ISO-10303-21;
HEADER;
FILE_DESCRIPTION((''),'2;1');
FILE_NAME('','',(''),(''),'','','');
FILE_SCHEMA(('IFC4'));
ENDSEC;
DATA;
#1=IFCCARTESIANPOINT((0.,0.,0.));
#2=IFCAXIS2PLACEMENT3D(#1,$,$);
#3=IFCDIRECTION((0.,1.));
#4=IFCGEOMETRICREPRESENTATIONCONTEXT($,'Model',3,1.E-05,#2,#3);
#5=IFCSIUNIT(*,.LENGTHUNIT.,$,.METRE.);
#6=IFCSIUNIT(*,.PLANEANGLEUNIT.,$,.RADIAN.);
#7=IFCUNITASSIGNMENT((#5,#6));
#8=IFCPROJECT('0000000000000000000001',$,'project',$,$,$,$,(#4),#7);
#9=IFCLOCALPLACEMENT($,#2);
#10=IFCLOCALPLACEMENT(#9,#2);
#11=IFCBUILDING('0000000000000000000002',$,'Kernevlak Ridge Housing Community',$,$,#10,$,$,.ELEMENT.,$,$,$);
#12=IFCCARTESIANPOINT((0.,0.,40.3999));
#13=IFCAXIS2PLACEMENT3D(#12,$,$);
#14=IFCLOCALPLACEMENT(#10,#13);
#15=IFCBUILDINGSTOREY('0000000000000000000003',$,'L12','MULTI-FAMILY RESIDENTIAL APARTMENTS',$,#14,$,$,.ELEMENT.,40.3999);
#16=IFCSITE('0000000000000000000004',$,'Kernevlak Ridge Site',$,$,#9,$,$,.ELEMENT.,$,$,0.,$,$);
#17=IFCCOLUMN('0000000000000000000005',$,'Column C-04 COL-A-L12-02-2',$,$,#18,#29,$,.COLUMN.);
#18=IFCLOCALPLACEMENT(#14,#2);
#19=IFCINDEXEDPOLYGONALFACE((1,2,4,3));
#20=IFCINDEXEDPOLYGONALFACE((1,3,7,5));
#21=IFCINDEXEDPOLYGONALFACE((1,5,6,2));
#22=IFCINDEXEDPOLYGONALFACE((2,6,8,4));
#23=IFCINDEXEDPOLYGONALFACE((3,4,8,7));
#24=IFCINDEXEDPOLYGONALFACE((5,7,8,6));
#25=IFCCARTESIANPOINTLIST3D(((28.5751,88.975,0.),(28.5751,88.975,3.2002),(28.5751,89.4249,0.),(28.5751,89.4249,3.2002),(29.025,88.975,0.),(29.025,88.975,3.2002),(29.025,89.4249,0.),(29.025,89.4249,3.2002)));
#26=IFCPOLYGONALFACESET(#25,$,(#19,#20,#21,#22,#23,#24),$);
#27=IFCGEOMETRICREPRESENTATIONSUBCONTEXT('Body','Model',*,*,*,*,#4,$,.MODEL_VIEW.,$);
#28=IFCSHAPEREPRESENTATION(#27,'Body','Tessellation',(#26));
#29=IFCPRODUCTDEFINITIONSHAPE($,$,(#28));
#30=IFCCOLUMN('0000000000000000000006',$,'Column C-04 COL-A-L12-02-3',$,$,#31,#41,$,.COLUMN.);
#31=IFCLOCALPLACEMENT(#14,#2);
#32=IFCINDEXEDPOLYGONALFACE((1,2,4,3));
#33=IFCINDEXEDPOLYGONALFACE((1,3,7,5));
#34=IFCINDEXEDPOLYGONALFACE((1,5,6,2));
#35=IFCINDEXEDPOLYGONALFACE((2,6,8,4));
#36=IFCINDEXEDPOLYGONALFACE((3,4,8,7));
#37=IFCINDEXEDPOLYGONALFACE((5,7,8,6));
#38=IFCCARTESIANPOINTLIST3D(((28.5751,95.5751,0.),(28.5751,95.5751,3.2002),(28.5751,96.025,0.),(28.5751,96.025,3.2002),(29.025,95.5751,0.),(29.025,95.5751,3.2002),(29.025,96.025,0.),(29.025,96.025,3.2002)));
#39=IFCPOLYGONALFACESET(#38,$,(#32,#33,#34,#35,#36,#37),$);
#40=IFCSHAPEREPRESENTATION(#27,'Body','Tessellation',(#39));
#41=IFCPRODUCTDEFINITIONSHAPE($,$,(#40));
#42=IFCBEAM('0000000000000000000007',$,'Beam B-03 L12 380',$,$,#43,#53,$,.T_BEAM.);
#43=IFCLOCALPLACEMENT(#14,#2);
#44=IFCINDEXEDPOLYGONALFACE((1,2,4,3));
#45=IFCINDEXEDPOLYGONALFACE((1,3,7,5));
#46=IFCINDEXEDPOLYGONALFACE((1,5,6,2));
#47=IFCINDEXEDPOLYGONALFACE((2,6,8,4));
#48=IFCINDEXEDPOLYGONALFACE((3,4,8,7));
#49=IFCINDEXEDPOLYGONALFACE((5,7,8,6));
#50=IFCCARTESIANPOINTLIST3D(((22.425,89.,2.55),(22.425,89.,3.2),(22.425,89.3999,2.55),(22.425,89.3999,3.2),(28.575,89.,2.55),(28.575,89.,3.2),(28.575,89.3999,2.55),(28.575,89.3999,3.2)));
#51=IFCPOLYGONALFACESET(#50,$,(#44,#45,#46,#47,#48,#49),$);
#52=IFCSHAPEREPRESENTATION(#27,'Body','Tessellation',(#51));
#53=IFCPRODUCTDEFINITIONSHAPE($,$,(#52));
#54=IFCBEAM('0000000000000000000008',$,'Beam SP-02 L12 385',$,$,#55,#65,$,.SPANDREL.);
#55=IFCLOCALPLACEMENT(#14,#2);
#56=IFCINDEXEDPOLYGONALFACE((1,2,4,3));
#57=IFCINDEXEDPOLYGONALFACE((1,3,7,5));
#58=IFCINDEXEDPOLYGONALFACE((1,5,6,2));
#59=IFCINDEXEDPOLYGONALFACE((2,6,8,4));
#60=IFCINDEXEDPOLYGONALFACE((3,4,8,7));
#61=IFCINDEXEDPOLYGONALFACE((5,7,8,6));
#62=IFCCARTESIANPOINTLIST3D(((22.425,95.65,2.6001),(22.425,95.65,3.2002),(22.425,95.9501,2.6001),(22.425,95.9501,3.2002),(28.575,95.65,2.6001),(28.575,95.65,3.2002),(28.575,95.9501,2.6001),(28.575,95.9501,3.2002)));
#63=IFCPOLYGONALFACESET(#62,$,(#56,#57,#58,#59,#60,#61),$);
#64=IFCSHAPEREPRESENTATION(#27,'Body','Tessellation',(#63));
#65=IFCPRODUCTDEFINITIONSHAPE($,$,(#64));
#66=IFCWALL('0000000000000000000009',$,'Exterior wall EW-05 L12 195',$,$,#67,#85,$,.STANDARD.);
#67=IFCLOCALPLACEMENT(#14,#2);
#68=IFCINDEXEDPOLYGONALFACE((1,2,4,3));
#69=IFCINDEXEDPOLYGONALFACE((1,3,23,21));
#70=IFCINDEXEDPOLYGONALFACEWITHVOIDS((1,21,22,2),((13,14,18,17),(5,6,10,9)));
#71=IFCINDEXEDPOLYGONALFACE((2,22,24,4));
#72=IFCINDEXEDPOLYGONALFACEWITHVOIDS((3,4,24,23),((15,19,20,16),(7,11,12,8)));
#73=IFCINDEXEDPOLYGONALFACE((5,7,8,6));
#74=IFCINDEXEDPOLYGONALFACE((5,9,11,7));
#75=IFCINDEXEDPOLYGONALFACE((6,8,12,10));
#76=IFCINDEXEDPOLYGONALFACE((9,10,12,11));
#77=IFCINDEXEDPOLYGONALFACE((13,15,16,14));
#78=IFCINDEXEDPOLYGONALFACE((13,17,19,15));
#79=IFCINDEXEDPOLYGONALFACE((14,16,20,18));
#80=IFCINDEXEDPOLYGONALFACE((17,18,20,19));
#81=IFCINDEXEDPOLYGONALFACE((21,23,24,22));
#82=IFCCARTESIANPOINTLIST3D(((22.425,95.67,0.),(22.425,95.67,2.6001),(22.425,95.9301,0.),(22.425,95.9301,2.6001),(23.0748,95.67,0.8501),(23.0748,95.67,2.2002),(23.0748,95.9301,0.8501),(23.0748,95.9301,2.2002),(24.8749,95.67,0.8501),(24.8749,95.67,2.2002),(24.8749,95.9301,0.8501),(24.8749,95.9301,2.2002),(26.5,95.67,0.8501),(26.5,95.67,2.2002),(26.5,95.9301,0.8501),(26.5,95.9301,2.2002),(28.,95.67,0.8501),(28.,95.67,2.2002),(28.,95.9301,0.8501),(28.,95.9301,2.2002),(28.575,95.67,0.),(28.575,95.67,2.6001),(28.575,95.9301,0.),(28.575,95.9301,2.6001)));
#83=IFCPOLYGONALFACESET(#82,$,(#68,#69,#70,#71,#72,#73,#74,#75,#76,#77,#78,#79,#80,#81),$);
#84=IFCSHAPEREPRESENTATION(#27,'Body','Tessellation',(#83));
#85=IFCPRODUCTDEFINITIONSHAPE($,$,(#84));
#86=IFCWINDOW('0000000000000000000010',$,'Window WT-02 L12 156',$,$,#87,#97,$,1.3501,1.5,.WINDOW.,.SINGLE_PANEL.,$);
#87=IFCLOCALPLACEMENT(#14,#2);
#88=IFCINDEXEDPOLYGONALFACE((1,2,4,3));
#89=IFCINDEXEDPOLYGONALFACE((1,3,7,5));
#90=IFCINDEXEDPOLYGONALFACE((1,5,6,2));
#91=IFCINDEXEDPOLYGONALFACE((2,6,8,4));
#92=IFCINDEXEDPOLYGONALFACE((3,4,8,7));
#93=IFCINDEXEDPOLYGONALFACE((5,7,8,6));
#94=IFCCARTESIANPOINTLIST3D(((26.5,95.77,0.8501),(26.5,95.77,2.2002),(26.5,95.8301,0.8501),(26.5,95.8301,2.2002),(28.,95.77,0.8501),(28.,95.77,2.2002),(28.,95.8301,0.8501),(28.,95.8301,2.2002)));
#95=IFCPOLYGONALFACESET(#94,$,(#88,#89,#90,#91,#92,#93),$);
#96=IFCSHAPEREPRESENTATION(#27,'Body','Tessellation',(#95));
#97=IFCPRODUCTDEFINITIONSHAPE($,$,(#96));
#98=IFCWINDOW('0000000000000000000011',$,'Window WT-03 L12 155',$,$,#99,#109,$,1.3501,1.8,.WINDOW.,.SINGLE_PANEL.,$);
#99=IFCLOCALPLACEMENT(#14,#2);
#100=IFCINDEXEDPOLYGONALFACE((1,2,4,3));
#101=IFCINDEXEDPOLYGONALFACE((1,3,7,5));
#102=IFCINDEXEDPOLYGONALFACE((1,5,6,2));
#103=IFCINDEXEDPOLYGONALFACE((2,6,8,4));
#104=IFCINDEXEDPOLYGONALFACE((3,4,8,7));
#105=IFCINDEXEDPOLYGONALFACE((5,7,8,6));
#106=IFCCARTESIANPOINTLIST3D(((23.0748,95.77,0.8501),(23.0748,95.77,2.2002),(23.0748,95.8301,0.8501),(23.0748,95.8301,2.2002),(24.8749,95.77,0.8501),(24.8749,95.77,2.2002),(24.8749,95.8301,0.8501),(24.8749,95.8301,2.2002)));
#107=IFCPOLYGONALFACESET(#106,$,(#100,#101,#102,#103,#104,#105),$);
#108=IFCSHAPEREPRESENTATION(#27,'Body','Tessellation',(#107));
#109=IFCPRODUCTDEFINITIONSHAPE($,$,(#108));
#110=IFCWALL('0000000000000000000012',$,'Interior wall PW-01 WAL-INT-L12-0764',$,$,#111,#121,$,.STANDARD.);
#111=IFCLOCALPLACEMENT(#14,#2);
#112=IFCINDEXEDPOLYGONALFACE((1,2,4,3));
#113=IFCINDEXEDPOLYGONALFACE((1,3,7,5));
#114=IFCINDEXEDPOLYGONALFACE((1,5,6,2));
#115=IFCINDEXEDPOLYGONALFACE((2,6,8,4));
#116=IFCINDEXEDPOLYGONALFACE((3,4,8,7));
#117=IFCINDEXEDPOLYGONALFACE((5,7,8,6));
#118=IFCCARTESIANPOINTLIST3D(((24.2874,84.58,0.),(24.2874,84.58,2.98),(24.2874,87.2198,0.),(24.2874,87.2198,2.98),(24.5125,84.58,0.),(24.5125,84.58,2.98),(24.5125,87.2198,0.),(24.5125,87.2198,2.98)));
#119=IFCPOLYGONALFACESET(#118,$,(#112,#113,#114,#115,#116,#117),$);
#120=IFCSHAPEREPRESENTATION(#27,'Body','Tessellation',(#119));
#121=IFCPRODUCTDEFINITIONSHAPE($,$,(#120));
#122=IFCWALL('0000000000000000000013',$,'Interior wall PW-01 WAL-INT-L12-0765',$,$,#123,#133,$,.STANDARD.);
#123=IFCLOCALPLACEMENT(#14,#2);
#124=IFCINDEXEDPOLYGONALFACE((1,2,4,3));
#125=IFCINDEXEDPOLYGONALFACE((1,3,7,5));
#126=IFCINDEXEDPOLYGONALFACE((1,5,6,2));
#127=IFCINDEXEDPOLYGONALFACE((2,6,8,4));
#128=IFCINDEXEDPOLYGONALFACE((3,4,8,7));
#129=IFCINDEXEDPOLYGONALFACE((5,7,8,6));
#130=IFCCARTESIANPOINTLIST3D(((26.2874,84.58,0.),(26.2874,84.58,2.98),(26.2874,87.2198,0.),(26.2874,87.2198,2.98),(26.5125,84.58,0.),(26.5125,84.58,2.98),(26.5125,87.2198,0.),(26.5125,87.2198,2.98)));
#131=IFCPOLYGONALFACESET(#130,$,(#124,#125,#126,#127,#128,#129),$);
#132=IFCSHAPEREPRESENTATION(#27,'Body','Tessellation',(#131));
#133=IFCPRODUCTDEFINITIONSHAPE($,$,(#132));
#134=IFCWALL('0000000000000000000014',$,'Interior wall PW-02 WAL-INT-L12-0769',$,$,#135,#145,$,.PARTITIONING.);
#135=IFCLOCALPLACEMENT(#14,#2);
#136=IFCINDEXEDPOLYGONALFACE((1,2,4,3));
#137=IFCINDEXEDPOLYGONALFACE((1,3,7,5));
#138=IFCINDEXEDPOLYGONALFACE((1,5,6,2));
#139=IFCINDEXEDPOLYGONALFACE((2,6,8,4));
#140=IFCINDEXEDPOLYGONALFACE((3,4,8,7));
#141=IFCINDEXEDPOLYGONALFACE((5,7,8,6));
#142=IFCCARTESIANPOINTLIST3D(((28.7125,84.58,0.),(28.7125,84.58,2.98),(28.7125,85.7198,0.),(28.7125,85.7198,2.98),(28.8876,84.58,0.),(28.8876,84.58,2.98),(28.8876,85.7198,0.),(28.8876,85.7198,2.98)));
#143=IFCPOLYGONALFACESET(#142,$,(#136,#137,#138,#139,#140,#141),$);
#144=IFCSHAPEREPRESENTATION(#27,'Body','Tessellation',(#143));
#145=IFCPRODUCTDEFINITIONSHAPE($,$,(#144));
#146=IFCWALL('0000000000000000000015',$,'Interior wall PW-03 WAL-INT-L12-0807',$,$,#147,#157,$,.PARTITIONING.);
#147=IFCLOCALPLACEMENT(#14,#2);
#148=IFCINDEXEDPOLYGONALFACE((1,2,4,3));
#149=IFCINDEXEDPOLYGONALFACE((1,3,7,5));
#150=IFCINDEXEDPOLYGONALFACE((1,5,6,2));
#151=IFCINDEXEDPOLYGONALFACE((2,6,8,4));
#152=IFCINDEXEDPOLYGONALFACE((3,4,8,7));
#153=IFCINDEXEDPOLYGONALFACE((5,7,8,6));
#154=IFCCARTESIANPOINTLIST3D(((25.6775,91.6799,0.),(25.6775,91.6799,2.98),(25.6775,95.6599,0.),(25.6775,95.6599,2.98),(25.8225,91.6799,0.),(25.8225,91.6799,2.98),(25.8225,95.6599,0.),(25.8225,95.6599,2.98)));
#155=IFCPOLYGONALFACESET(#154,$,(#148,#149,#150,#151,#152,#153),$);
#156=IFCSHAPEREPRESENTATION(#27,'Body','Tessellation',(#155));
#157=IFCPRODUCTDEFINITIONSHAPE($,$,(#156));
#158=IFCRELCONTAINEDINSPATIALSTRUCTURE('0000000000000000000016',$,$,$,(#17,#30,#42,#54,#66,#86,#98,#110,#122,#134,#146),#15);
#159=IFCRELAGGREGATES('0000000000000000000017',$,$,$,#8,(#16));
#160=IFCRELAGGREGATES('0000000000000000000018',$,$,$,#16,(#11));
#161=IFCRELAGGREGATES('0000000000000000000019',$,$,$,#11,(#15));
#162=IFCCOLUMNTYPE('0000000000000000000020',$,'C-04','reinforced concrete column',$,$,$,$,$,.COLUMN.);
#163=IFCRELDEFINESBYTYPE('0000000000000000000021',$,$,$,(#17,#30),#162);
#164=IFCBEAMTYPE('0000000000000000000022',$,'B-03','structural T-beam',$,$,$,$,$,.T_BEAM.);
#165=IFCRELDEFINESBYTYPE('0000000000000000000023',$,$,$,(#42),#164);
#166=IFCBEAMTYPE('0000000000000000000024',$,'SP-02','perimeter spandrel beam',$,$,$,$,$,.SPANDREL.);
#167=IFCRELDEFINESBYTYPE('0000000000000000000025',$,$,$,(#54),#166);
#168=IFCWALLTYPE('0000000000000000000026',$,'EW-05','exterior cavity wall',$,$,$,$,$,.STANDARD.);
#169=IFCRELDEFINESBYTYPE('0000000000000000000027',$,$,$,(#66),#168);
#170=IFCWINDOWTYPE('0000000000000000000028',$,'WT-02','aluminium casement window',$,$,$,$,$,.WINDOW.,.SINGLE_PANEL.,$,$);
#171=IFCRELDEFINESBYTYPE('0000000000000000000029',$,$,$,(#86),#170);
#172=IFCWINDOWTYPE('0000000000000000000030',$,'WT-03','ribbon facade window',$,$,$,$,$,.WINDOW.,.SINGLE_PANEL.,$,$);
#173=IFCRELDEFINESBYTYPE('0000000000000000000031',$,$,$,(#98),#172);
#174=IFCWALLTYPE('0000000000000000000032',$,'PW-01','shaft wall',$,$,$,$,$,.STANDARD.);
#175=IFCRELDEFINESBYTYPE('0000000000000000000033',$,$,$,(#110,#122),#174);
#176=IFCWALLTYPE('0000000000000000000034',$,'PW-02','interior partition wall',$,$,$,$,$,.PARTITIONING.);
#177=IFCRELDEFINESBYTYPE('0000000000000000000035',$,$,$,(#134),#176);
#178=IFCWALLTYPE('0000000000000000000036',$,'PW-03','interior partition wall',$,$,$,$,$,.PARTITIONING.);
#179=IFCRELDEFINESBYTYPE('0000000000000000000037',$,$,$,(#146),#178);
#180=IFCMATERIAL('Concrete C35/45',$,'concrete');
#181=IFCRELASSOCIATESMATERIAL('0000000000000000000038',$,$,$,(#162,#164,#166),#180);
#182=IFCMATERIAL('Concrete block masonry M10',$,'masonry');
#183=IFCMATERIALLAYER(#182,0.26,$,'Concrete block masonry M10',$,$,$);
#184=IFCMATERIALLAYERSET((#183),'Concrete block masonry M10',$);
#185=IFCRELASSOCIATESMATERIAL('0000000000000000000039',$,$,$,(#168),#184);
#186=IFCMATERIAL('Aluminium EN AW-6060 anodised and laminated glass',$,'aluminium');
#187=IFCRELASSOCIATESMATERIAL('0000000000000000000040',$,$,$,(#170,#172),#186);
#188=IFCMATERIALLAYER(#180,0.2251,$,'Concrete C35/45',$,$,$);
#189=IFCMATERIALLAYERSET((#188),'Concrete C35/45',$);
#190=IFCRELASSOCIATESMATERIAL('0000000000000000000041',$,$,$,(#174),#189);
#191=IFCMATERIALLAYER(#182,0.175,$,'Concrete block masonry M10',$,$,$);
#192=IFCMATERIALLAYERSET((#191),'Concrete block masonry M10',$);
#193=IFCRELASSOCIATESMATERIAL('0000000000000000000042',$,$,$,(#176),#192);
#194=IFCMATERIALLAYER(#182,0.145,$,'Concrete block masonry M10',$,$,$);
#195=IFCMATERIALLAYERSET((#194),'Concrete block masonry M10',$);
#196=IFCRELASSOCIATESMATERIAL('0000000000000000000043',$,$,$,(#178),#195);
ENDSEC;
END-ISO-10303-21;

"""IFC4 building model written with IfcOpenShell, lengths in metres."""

from ifc_helpers import new_model, si_unit, direction, frame, frame_2d, origin, origin_2d, place, context, subcontext, project, spatial, rectangle, extrude, material, layer, layer_set, material_profile, profile_set, type_object, element, fill, save


model = new_model("IFC4")

# Units and contexts
model_context = context("Model", 3, precision=1e-05, world=origin(), true_north=direction((0.0, 1.0)))
body_context = subcontext(model_context, "Body", "Model", "MODEL_VIEW")
ifc_project = project(units=[si_unit("LENGTHUNIT", "METRE"), si_unit("PLANEANGLEUNIT", "RADIAN")], contexts=[model_context])

# Site, building, storey
site_placement = place(None, origin())
site = spatial("IfcSite", under=ifc_project, at=site_placement, Name="Kernevlak Ridge Site", CompositionType="ELEMENT", RefElevation=0.0)
building_placement = place(site_placement, origin())
building = spatial("IfcBuilding", under=site, at=building_placement, Name="Kernevlak Ridge Housing Community", CompositionType="ELEMENT")
storey_placement = place(building_placement, frame((0.0, 0.0, 40.3999)))
storey = spatial("IfcBuildingStorey", under=building, at=storey_placement, Name="L12", Description="MULTI-FAMILY RESIDENTIAL APARTMENTS", CompositionType="ELEMENT", Elevation=40.3999)

# Columns
ifc_material_1 = material(Name="Concrete C35/45", Category="concrete")
ifc_material_profile_1 = material_profile(ifc_material_1, rectangle(XDim=0.45, YDim=0.45, at=origin_2d()), Name="RC 450x450")
ifc_profile_set_1 = profile_set([ifc_material_profile_1], Name="Concrete C35/45")
column_type = type_object("IfcColumnType", Name="C-04", Description="reinforced concrete column", PredefinedType="COLUMN", material=ifc_profile_set_1)
for number, where, z_axis, x_axis, name in (
    (1, (28.8, 89.2, 0.0), (0.0, 0.0, 1.0), (1.0, 0.0, 0.0), "Column C-04 COL-A-L12-02-2"),
    (2, (28.8, 95.8, 0.0), (0.0, 0.0, 1.0), (1.0, 0.0, 0.0), "Column C-04 COL-A-L12-02-3"),
):
    element("IfcColumn", number, at=place(storey_placement, frame(where, z_axis=z_axis, x_axis=x_axis)), inside=storey, type_object=column_type, Name=name, PredefinedType="COLUMN", context=body_context, shape_type="SweptSolid", body=[
        extrude(rectangle(XDim=0.45, YDim=0.45, at=origin_2d()), origin(), (0.0, 0.0, 1.0), 3.2002),
    ])

# Beams
ifc_material_profile_2 = material_profile(ifc_material_1, rectangle(XDim=0.3999, YDim=0.6499, at=origin_2d()), Name="RC 400x650")
ifc_profile_set_2 = profile_set([ifc_material_profile_2], Name="Concrete C35/45")
beam_type_1 = type_object("IfcBeamType", Name="B-03", Description="structural T-beam", PredefinedType="T_BEAM", material=ifc_profile_set_2)
beam_1_placement = place(storey_placement, frame((22.425, 89.2, 2.875), z_axis=(1.0, 0.0, 0.0), x_axis=(0.0, 1.0, 0.0)))
element("IfcBeam", 3, at=beam_1_placement, inside=storey, type_object=beam_type_1, Name="Beam B-03 L12 380", PredefinedType="T_BEAM", context=body_context, shape_type="SweptSolid", body=[
    extrude(rectangle(XDim=0.3999, YDim=0.6499, at=origin_2d()), origin(), (0.0, 0.0, 1.0), 6.1499),
])
ifc_material_profile_3 = material_profile(ifc_material_1, rectangle(XDim=0.3, YDim=0.6001, at=origin_2d()), Name="RC 300x600")
ifc_profile_set_3 = profile_set([ifc_material_profile_3], Name="Concrete C35/45")
beam_type_2 = type_object("IfcBeamType", Name="SP-02", Description="perimeter spandrel beam", PredefinedType="SPANDREL", material=ifc_profile_set_3)
beam_2_placement = place(storey_placement, frame((22.425, 95.8, 2.9001), z_axis=(1.0, 0.0, 0.0), x_axis=(0.0, 1.0, 0.0)))
element("IfcBeam", 4, at=beam_2_placement, inside=storey, type_object=beam_type_2, Name="Beam SP-02 L12 385", PredefinedType="SPANDREL", context=body_context, shape_type="SweptSolid", body=[
    extrude(rectangle(XDim=0.3, YDim=0.6001, at=origin_2d()), origin(), (0.0, 0.0, 1.0), 6.1499),
])

# Wall, openings, windows
ifc_material_2 = material(Name="Concrete block masonry M10", Category="masonry")
ifc_layer_1 = layer(ifc_material_2, 0.26, Name="Concrete block masonry M10")
ifc_layer_set_1 = layer_set([ifc_layer_1], Name="Concrete block masonry M10")
wall_type_1 = type_object("IfcWallType", Name="EW-05", Description="exterior cavity wall", PredefinedType="STANDARD", material=ifc_layer_set_1)
wall_1_placement = place(storey_placement, frame((22.425, 95.8, 0.0), z_axis=(0.0, 0.0, 1.0), x_axis=(1.0, 0.0, 0.0)))
wall_1 = element("IfcWall", 5, at=wall_1_placement, inside=storey, type_object=wall_type_1, Name="Exterior wall EW-05 L12 195", PredefinedType="STANDARD", context=body_context, shape_type="SweptSolid", body=[
    extrude(rectangle(XDim=6.1499, YDim=0.26, at=frame_2d((3.075, 0.0))), origin(), (0.0, 0.0, 1.0), 2.6001),
])
opening_1_placement = place(wall_1_placement, frame((0.6499, 0.0, 0.8501)))
opening_1 = element("IfcOpeningElement", 6, at=opening_1_placement, cuts=wall_1, PredefinedType="OPENING", context=body_context, shape_type="SweptSolid", body=[
    extrude(rectangle(XDim=1.8, YDim=1.3501, at=frame_2d((0.8999, 0.675))), frame((0.0, 0.1399, 0.0), z_axis=(0.0, -1.0, 0.0), x_axis=(1.0, 0.0, 0.0)), (0.0, 0.0, 1.0), 0.28),
])
opening_2_placement = place(wall_1_placement, frame((4.075, 0.0, 0.8501)))
opening_2 = element("IfcOpeningElement", 7, at=opening_2_placement, cuts=wall_1, PredefinedType="OPENING", context=body_context, shape_type="SweptSolid", body=[
    extrude(rectangle(XDim=1.5, YDim=1.3501, at=frame_2d((0.75, 0.675))), frame((0.0, 0.1399, 0.0), z_axis=(0.0, -1.0, 0.0), x_axis=(1.0, 0.0, 0.0)), (0.0, 0.0, 1.0), 0.28),
])
ifc_material_3 = material(Name="Aluminium EN AW-6060 anodised and laminated glass", Category="aluminium")
window_type_1 = type_object("IfcWindowType", Name="WT-02", Description="aluminium casement window", PartitioningType="SINGLE_PANEL", PredefinedType="WINDOW", material=ifc_material_3)
window_1_placement = place(opening_2_placement, origin())
window_1 = element("IfcWindow", 8, at=window_1_placement, inside=storey, type_object=window_type_1, Name="Window WT-02 L12 156", OverallHeight=1.3501, OverallWidth=1.5, PartitioningType="SINGLE_PANEL", PredefinedType="WINDOW", context=body_context, shape_type="SweptSolid", body=[
    extrude(rectangle(XDim=1.5, YDim=1.3501, at=frame_2d((0.75, 0.675))), frame((0.0, 0.03, 0.0), z_axis=(0.0, -1.0, 0.0), x_axis=(1.0, 0.0, 0.0)), (0.0, 0.0, 1.0), 0.0601),
])
fill(opening_2, window_1)
window_type_2 = type_object("IfcWindowType", Name="WT-03", Description="ribbon facade window", PartitioningType="SINGLE_PANEL", PredefinedType="WINDOW", material=ifc_material_3)
window_2_placement = place(opening_1_placement, origin())
window_2 = element("IfcWindow", 9, at=window_2_placement, inside=storey, type_object=window_type_2, Name="Window WT-03 L12 155", OverallHeight=1.3501, OverallWidth=1.8, PartitioningType="SINGLE_PANEL", PredefinedType="WINDOW", context=body_context, shape_type="SweptSolid", body=[
    extrude(rectangle(XDim=1.8, YDim=1.3501, at=frame_2d((0.8999, 0.675))), frame((0.0, 0.03, 0.0), z_axis=(0.0, -1.0, 0.0), x_axis=(1.0, 0.0, 0.0)), (0.0, 0.0, 1.0), 0.0601),
])
fill(opening_1, window_2)

# Walls
ifc_layer_2 = layer(ifc_material_1, 0.2251, Name="Concrete C35/45")
ifc_layer_set_2 = layer_set([ifc_layer_2], Name="Concrete C35/45")
wall_type_2 = type_object("IfcWallType", Name="PW-01", Description="shaft wall", PredefinedType="STANDARD", material=ifc_layer_set_2)
for number, where, z_axis, x_axis, name in (
    (10, (24.3999, 84.5801, 0.0), (0.0, 0.0, 1.0), (0.0, 1.0, 0.0), "Interior wall PW-01 WAL-INT-L12-0764"),
    (11, (26.3999, 84.5801, 0.0), (0.0, 0.0, 1.0), (0.0, 1.0, 0.0), "Interior wall PW-01 WAL-INT-L12-0765"),
):
    element("IfcWall", number, at=place(storey_placement, frame(where, z_axis=z_axis, x_axis=x_axis)), inside=storey, type_object=wall_type_2, Name=name, PredefinedType="STANDARD", context=body_context, shape_type="SweptSolid", body=[
        extrude(rectangle(XDim=2.6399, YDim=0.2251, at=frame_2d((1.3198, 0.0))), origin(), (0.0, 0.0, 1.0), 2.98),
    ])

# Walls
ifc_layer_3 = layer(ifc_material_2, 0.175, Name="Concrete block masonry M10")
ifc_layer_set_3 = layer_set([ifc_layer_3], Name="Concrete block masonry M10")
wall_type_3 = type_object("IfcWallType", Name="PW-02", Description="interior partition wall", PredefinedType="PARTITIONING", material=ifc_layer_set_3)
wall_2_placement = place(storey_placement, frame((28.8, 84.5801, 0.0), z_axis=(0.0, 0.0, 1.0), x_axis=(0.0, 1.0, 0.0)))
element("IfcWall", 12, at=wall_2_placement, inside=storey, type_object=wall_type_3, Name="Interior wall PW-02 WAL-INT-L12-0769", PredefinedType="PARTITIONING", context=body_context, shape_type="SweptSolid", body=[
    extrude(rectangle(XDim=1.1399, YDim=0.175, at=frame_2d((0.5698, 0.0))), origin(), (0.0, 0.0, 1.0), 2.98),
])
ifc_layer_4 = layer(ifc_material_2, 0.145, Name="Concrete block masonry M10")
ifc_layer_set_4 = layer_set([ifc_layer_4], Name="Concrete block masonry M10")
wall_type_4 = type_object("IfcWallType", Name="PW-03", Description="interior partition wall", PredefinedType="PARTITIONING", material=ifc_layer_set_4)
wall_3_placement = place(storey_placement, frame((25.75, 91.6799, 0.0), z_axis=(0.0, 0.0, 1.0), x_axis=(0.0, 1.0, 0.0)))
element("IfcWall", 13, at=wall_3_placement, inside=storey, type_object=wall_type_4, Name="Interior wall PW-03 WAL-INT-L12-0807", PredefinedType="PARTITIONING", context=body_context, shape_type="SweptSolid", body=[
    extrude(rectangle(XDim=3.98, YDim=0.145, at=frame_2d((1.99, 0.0))), origin(), (0.0, 0.0, 1.0), 2.98),
])

save(model, "model.ifc")
